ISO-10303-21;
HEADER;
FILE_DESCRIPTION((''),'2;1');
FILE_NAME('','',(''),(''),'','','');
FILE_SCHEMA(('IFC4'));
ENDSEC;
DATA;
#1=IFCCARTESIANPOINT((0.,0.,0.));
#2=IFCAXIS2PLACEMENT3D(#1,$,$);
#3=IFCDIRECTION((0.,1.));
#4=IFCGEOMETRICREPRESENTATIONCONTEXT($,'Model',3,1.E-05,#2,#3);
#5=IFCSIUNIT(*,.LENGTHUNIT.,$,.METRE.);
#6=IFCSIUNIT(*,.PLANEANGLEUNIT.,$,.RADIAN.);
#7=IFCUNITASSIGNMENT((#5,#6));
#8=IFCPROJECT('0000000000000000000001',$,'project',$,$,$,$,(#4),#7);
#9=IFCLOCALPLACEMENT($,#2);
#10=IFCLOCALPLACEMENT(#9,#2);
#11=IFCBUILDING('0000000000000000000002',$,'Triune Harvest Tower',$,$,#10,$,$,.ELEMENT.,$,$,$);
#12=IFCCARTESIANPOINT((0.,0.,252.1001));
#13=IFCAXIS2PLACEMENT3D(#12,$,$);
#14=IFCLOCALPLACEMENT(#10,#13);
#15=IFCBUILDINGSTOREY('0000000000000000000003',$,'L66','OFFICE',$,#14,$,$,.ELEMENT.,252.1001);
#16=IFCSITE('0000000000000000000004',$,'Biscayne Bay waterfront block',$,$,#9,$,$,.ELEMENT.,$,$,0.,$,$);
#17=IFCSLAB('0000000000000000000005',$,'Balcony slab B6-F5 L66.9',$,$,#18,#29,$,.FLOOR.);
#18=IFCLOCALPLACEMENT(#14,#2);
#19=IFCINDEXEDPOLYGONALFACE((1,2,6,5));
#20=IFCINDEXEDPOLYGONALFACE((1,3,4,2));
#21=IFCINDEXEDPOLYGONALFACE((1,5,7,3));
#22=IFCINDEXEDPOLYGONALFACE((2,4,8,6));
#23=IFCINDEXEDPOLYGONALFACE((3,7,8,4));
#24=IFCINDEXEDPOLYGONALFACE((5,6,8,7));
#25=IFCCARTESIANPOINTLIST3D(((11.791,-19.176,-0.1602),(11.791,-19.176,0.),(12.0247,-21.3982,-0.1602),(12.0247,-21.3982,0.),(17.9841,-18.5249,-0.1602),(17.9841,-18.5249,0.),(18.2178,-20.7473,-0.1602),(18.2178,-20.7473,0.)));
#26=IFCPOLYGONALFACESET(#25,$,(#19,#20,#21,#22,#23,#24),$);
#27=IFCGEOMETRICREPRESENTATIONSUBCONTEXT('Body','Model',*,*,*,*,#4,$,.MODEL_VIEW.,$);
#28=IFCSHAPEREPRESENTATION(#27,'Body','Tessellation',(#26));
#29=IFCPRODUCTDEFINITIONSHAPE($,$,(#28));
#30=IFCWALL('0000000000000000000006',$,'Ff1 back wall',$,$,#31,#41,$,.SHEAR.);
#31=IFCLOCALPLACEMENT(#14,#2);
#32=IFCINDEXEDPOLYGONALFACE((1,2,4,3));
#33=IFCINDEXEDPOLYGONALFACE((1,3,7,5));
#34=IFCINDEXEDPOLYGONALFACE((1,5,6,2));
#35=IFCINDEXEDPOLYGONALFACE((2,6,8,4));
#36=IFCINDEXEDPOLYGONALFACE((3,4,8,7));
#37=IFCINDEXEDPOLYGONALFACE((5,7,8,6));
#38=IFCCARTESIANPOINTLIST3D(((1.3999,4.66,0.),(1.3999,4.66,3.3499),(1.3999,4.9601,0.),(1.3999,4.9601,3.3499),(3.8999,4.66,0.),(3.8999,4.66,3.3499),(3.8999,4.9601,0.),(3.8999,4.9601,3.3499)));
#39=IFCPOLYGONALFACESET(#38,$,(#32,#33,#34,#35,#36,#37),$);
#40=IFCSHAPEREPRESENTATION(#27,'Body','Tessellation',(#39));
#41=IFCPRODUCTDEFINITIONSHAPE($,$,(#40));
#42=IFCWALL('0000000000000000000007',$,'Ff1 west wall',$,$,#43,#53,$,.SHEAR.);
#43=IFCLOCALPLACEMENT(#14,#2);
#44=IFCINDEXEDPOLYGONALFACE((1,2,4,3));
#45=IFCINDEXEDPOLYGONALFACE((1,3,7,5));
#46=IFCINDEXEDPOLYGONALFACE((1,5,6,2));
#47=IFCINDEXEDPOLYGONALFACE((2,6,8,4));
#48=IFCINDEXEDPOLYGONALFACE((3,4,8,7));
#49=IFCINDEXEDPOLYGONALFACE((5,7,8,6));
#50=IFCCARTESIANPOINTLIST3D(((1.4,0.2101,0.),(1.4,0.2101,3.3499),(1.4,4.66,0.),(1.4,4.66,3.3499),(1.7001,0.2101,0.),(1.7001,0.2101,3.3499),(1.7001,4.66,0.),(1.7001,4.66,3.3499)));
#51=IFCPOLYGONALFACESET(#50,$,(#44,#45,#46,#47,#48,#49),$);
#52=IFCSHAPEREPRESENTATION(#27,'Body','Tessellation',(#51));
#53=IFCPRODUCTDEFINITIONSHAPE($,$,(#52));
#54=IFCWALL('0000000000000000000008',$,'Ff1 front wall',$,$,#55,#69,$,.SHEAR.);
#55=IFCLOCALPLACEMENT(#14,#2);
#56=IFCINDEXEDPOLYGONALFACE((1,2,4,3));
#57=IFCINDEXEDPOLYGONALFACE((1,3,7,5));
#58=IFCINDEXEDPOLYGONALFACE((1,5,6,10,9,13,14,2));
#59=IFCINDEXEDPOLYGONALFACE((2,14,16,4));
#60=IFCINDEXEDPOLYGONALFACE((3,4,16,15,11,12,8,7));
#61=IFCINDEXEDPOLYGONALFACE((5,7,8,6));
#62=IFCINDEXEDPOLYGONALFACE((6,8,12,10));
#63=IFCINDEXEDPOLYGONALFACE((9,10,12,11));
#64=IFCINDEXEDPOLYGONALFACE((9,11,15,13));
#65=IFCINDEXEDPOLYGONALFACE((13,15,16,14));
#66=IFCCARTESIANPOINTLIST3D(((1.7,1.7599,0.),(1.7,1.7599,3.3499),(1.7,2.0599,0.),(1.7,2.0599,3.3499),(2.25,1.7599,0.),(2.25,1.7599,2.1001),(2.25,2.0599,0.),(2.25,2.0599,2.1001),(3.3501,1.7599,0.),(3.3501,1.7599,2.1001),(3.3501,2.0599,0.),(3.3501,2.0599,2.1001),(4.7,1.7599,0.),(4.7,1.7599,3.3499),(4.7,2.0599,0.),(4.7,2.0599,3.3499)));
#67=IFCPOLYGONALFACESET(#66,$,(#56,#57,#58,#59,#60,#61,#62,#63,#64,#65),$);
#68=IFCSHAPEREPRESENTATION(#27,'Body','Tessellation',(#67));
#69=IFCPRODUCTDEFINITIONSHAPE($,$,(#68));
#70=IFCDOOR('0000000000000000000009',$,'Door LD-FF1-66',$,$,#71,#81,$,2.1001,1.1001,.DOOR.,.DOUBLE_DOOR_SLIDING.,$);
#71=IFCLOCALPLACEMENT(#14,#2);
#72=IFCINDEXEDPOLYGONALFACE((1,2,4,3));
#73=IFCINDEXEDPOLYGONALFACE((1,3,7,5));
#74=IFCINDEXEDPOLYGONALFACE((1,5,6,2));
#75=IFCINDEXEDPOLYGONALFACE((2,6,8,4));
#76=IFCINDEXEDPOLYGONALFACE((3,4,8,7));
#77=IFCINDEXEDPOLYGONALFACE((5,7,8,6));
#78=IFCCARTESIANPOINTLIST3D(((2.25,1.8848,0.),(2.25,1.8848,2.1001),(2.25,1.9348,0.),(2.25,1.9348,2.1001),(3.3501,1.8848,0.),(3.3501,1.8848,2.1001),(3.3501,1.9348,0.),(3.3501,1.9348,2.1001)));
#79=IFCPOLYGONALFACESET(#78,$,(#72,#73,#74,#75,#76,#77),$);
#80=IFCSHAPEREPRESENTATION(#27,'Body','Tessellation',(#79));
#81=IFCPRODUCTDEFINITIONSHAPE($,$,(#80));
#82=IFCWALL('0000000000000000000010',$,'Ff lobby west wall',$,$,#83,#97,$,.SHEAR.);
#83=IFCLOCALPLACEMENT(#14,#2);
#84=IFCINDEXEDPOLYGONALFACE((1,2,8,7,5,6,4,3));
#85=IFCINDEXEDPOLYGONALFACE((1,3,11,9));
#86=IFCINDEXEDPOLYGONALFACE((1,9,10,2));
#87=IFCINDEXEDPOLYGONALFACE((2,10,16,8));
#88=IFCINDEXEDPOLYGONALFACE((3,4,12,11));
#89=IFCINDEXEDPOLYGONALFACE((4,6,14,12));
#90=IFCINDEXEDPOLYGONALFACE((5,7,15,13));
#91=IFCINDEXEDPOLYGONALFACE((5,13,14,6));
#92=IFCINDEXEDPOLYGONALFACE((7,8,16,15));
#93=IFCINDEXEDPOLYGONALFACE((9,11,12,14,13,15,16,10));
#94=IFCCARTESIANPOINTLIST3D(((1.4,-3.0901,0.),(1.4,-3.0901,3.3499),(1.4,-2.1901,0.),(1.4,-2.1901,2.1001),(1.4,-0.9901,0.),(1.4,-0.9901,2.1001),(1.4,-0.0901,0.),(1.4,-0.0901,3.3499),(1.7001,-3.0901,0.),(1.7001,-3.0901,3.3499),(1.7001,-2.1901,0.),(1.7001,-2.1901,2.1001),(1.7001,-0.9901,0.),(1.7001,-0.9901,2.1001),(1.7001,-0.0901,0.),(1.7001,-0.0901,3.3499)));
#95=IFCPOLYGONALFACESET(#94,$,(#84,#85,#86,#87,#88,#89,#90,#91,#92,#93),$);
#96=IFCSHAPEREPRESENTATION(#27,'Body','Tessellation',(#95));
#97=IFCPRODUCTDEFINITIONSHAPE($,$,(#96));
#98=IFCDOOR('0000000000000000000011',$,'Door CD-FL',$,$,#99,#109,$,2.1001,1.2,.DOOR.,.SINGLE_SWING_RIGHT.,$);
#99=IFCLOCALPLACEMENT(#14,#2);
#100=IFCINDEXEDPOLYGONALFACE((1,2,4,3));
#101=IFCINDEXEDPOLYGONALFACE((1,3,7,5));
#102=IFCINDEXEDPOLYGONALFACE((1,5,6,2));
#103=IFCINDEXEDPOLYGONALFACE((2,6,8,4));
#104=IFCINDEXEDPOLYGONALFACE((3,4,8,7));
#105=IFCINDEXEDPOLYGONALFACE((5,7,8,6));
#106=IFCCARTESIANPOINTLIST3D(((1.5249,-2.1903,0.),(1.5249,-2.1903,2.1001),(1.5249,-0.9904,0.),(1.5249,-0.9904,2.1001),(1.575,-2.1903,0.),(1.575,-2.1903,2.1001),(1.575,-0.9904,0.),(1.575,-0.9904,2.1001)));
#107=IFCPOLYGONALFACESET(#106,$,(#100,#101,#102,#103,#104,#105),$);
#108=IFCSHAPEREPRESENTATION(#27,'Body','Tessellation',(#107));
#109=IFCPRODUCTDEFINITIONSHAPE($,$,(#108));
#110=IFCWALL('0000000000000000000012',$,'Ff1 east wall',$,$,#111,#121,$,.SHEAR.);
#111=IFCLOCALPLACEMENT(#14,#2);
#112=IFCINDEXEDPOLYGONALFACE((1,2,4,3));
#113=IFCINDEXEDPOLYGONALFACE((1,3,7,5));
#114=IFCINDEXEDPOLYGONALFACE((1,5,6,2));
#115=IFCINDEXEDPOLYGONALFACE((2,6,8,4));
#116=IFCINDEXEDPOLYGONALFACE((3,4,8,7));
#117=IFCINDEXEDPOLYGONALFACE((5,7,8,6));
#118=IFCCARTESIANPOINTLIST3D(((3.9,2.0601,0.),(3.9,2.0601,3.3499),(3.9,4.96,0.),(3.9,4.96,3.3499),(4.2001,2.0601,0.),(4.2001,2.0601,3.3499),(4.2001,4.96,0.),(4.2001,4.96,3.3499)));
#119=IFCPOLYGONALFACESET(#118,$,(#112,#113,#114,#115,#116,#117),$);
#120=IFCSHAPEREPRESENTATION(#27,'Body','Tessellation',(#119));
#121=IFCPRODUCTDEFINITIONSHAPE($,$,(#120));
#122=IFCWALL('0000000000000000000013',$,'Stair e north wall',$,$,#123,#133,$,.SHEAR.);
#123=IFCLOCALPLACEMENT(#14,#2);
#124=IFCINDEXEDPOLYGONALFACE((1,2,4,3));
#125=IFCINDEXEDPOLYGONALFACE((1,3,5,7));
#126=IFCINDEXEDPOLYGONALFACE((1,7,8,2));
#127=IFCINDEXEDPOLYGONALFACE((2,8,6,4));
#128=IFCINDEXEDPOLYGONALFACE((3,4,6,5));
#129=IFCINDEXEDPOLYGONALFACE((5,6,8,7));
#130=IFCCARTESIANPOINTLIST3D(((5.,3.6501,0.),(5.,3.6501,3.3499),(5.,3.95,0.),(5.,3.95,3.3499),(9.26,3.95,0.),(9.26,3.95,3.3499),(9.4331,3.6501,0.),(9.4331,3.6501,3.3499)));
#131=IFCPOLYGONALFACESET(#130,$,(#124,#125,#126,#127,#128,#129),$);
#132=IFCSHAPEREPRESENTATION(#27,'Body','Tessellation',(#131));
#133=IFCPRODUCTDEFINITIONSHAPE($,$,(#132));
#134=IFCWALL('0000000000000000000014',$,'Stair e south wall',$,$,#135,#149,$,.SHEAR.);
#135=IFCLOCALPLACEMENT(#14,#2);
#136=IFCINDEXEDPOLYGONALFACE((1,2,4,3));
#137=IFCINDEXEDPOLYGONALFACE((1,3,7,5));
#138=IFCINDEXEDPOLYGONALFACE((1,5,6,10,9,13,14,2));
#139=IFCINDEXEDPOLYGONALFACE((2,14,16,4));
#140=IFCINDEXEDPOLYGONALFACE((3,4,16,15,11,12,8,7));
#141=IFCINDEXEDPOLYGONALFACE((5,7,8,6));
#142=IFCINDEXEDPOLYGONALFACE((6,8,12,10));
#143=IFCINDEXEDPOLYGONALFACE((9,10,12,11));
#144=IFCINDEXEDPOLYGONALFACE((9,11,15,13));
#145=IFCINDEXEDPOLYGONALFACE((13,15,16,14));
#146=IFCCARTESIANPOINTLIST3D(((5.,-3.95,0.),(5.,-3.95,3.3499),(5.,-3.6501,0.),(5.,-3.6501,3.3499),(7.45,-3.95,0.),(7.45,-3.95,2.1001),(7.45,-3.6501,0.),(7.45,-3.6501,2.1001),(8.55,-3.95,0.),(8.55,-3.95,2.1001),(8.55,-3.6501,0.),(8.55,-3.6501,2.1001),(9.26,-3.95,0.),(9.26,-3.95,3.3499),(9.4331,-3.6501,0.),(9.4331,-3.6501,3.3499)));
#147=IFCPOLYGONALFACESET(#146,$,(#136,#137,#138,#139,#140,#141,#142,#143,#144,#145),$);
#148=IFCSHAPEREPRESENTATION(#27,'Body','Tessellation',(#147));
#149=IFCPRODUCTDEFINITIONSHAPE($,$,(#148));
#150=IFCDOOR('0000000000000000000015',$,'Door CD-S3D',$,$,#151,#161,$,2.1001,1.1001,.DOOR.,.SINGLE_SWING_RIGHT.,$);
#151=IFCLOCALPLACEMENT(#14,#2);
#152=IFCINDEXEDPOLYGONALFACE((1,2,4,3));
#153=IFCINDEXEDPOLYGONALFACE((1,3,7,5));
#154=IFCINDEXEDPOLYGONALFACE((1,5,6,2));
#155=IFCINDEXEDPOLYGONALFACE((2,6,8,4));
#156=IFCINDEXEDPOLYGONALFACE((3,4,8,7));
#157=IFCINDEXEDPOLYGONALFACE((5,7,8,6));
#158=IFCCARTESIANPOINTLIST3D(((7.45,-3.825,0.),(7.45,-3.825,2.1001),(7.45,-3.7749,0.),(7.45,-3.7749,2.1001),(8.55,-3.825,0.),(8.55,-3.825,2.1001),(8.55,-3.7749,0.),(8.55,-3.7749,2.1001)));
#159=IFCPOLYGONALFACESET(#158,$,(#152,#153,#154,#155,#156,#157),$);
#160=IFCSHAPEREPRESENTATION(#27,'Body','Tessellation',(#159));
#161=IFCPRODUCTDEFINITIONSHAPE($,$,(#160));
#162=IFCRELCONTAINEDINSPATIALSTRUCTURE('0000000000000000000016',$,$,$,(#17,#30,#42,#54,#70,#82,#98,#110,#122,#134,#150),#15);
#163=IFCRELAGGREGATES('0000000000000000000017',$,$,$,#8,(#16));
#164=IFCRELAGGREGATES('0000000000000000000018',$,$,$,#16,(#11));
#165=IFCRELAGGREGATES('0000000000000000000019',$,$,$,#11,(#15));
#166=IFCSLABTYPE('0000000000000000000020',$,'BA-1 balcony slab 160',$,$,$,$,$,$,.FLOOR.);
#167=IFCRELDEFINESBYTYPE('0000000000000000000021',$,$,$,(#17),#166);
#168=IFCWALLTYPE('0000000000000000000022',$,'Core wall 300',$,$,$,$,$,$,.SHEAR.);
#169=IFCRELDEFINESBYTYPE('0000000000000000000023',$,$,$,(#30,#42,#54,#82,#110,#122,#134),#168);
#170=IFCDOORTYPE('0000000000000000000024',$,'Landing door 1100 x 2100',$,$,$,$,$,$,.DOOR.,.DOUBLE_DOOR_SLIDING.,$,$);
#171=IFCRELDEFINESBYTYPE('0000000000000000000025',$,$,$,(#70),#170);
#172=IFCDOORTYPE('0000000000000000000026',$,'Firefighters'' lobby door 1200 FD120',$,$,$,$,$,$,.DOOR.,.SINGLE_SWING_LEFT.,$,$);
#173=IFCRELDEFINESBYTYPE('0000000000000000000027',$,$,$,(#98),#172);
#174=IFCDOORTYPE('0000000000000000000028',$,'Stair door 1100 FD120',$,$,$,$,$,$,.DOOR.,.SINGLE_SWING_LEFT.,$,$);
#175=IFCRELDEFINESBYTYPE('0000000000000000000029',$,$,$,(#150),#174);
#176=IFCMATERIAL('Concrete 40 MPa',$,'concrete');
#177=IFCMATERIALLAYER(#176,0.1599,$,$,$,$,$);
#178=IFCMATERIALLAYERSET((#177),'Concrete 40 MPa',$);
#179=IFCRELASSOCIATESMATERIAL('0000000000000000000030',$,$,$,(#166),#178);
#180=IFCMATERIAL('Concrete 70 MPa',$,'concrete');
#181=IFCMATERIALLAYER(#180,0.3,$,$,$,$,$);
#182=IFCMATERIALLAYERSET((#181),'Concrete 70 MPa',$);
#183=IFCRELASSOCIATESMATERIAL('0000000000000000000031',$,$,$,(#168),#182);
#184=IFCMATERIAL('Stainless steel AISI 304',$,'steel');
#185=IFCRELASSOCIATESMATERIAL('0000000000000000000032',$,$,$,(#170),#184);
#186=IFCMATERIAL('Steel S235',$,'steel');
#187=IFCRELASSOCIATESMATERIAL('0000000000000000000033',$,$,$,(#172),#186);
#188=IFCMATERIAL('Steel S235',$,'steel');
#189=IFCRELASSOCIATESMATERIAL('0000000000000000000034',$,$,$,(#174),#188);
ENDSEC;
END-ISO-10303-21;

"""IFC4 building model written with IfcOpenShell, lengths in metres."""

from ifc_helpers import new_model, si_unit, direction, frame, frame_2d, origin, place, context, subcontext, project, spatial, polyline, rectangle, outline, extrude, source, transform, mapped, material, layer, layer_set, type_object, element, fill, save


model = new_model("IFC4")

# Units and contexts
model_context = context("Model", 3, precision=1e-05, world=origin(), true_north=direction((0.0, 1.0)))
body_context = subcontext(model_context, "Body", "Model", "MODEL_VIEW")
ifc_project = project(units=[si_unit("LENGTHUNIT", "METRE"), si_unit("PLANEANGLEUNIT", "RADIAN")], contexts=[model_context])

# Site, building, storey
site_placement = place(None, origin())
site = spatial("IfcSite", under=ifc_project, at=site_placement, Name="Biscayne Bay waterfront block", CompositionType="ELEMENT", RefElevation=0.0)
building_placement = place(site_placement, origin())
building = spatial("IfcBuilding", under=site, at=building_placement, Name="Triune Harvest Tower", CompositionType="ELEMENT")
storey_placement = place(building_placement, frame((0.0, 0.0, 252.1001)))
storey = spatial("IfcBuildingStorey", under=building, at=storey_placement, Name="L66", Description="OFFICE", CompositionType="ELEMENT", Elevation=252.1001)

# Slab
ifc_material_1 = material(Name="Concrete 40 MPa", Category="concrete")
ifc_layer_1 = layer(ifc_material_1, 0.1599)
ifc_layer_set_1 = layer_set([ifc_layer_1], Name="Concrete 40 MPa")
slab_type = type_object("IfcSlabType", Name="BA-1 balcony slab 160", PredefinedType="FLOOR", material=ifc_layer_set_1)
slab_placement = place(storey_placement, frame((0.0, 0.0, -0.1602)))
element("IfcSlab", 1, at=slab_placement, inside=storey, type_object=slab_type, Name="Balcony slab B6-F5 L66.9", PredefinedType="FLOOR", context=body_context, shape_type="SweptSolid", body=[
    extrude(outline(polyline([(11.791, -19.176), (17.9841, -18.5249), (18.2178, -20.7473), (12.0247, -21.3982), (11.791, -19.176)])), origin(), (0.0, 0.0, 1.0), 0.1602),
])

# Walls
ifc_material_2 = material(Name="Concrete 70 MPa", Category="concrete")
ifc_layer_2 = layer(ifc_material_2, 0.3)
ifc_layer_set_2 = layer_set([ifc_layer_2], Name="Concrete 70 MPa")
wall_type_1 = type_object("IfcWallType", Name="Core wall 300", PredefinedType="SHEAR", material=ifc_layer_set_2)
shared_shape_1 = source(origin(), body_context, "Body", "SweptSolid", [
    extrude(rectangle(XDim=2.5, YDim=0.3, at=frame_2d((1.25, 0.0))), origin(), (0.0, 0.0, 1.0), 3.3499),
])
wall_1_placement = place(storey_placement, frame((1.3999, 4.8101, 0.0), z_axis=(0.0, 0.0, 1.0), x_axis=(1.0, 0.0, 0.0)))
element("IfcWall", 2, at=wall_1_placement, inside=storey, type_object=wall_type_1, Name="Ff1 back wall", PredefinedType="SHEAR", context=body_context, shape_type="MappedRepresentation", body=[
    mapped(shared_shape_1, transform((0.0, 0.0, 0.0), scale=1.0)),
])
shared_shape_2 = source(origin(), body_context, "Body", "SweptSolid", [
    extrude(rectangle(XDim=4.45, YDim=0.3, at=frame_2d((2.2251, 0.0))), origin(), (0.0, 0.0, 1.0), 3.3499),
])
wall_2_placement = place(storey_placement, frame((1.55, 0.21, 0.0), z_axis=(0.0, 0.0, 1.0), x_axis=(0.0, 1.0, 0.0)))
element("IfcWall", 3, at=wall_2_placement, inside=storey, type_object=wall_type_1, Name="Ff1 west wall", PredefinedType="SHEAR", context=body_context, shape_type="MappedRepresentation", body=[
    mapped(shared_shape_2, transform((0.0, 0.0, 0.0), scale=1.0)),
])

# Walls, openings, doors
shared_shape_3 = source(origin(), body_context, "Body", "SweptSolid", [
    extrude(rectangle(XDim=3.0, YDim=0.3, at=frame_2d((1.5, 0.0))), origin(), (0.0, 0.0, 1.0), 3.3499),
])
wall_3_placement = place(storey_placement, frame((1.7, 1.9099, 0.0), z_axis=(0.0, 0.0, 1.0), x_axis=(1.0, 0.0, 0.0)))
wall_3 = element("IfcWall", 4, at=wall_3_placement, inside=storey, type_object=wall_type_1, Name="Ff1 front wall", PredefinedType="SHEAR", context=body_context, shape_type="MappedRepresentation", body=[
    mapped(shared_shape_3, transform((0.0, 0.0, 0.0), scale=1.0)),
])
opening_1_placement = place(wall_3_placement, frame((0.55, 0.0, 0.0)))
opening_1 = element("IfcOpeningElement", 5, at=opening_1_placement, cuts=wall_3, PredefinedType="OPENING", context=body_context, shape_type="SweptSolid", body=[
    extrude(rectangle(XDim=1.1001, YDim=2.1001, at=frame_2d((0.55, 1.05))), frame((0.0, 0.1602, 0.0), z_axis=(0.0, -1.0, 0.0), x_axis=(1.0, 0.0, 0.0)), (0.0, 0.0, 1.0), 0.3201),
])
ifc_material_3 = material(Name="Stainless steel AISI 304", Category="steel")
door_type_1 = type_object("IfcDoorType", Name="Landing door 1100 x 2100", OperationType="DOUBLE_DOOR_SLIDING", PredefinedType="DOOR", material=ifc_material_3)
door_1_placement = place(opening_1_placement, origin())
door_1 = element("IfcDoor", 6, at=door_1_placement, inside=storey, type_object=door_type_1, Name="Door LD-FF1-66", OperationType="DOUBLE_DOOR_SLIDING", OverallHeight=2.1001, OverallWidth=1.1001, PredefinedType="DOOR", context=body_context, shape_type="SweptSolid", body=[
    extrude(rectangle(XDim=1.1001, YDim=2.1001, at=frame_2d((0.55, 1.05))), frame((0.0, 0.0249, 0.0), z_axis=(0.0, -1.0, 0.0), x_axis=(1.0, 0.0, 0.0)), (0.0, 0.0, 1.0), 0.05),
])
fill(opening_1, door_1)
wall_4_placement = place(storey_placement, frame((1.55, -3.0901, 0.0), z_axis=(0.0, 0.0, 1.0), x_axis=(0.0, 1.0, 0.0)))
wall_4 = element("IfcWall", 7, at=wall_4_placement, inside=storey, type_object=wall_type_1, Name="Ff lobby west wall", PredefinedType="SHEAR", context=body_context, shape_type="MappedRepresentation", body=[
    mapped(shared_shape_3, transform((0.0, 0.0, 0.0), scale=1.0)),
])
opening_2_placement = place(wall_4_placement, frame((0.8999, 0.0, 0.0)))
opening_2 = element("IfcOpeningElement", 8, at=opening_2_placement, cuts=wall_4, PredefinedType="OPENING", context=body_context, shape_type="SweptSolid", body=[
    extrude(rectangle(XDim=1.2, YDim=2.1001, at=frame_2d((0.6001, 1.05))), frame((0.0, 0.1602, 0.0), z_axis=(0.0, -1.0, 0.0), x_axis=(1.0, 0.0, 0.0)), (0.0, 0.0, 1.0), 0.3201),
])
ifc_material_4 = material(Name="Steel S235", Category="steel")
door_type_2 = type_object("IfcDoorType", Name="Firefighters' lobby door 1200 FD120", OperationType="SINGLE_SWING_LEFT", PredefinedType="DOOR", material=ifc_material_4)
door_2_placement = place(opening_2_placement, frame((1.2, 0.0, 0.0), z_axis=(0.0, 0.0, 1.0), x_axis=(-1.0, 0.0, 0.0)))
door_2 = element("IfcDoor", 9, at=door_2_placement, inside=storey, type_object=door_type_2, Name="Door CD-FL", OperationType="SINGLE_SWING_RIGHT", OverallHeight=2.1001, OverallWidth=1.2, PredefinedType="DOOR", context=body_context, shape_type="SweptSolid", body=[
    extrude(rectangle(XDim=1.2, YDim=2.1001, at=frame_2d((0.6001, 1.05))), frame((0.0, 0.0249, 0.0), z_axis=(0.0, -1.0, 0.0), x_axis=(1.0, 0.0, 0.0)), (0.0, 0.0, 1.0), 0.05),
])
fill(opening_2, door_2)

# Walls
shared_shape_4 = source(origin(), body_context, "Body", "SweptSolid", [
    extrude(rectangle(XDim=2.8999, YDim=0.3, at=frame_2d((1.45, 0.0))), origin(), (0.0, 0.0, 1.0), 3.3499),
])
wall_5_placement = place(storey_placement, frame((4.05, 2.0601, 0.0), z_axis=(0.0, 0.0, 1.0), x_axis=(0.0, 1.0, 0.0)))
element("IfcWall", 10, at=wall_5_placement, inside=storey, type_object=wall_type_1, Name="Ff1 east wall", PredefinedType="SHEAR", context=body_context, shape_type="MappedRepresentation", body=[
    mapped(shared_shape_4, transform((0.0, 0.0, 0.0), scale=1.0)),
])
shared_shape_5 = source(origin(), body_context, "Body", "SweptSolid", [
    extrude(outline(polyline([(0.0, -0.1499), (0.0, 0.1499), (4.26, 0.1499), (4.4331, -0.1499), (0.0, -0.1499)])), origin(), (0.0, 0.0, 1.0), 3.3499),
])
wall_6_placement = place(storey_placement, frame((5.0, 3.8, 0.0), z_axis=(0.0, 0.0, 1.0), x_axis=(1.0, 0.0, 0.0)))
element("IfcWall", 11, at=wall_6_placement, inside=storey, type_object=wall_type_1, Name="Stair e north wall", PredefinedType="SHEAR", context=body_context, shape_type="MappedRepresentation", body=[
    mapped(shared_shape_5, transform((0.0, 0.0, 0.0), scale=1.0)),
])

# Wall, opening, door
shared_shape_6 = source(origin(), body_context, "Body", "SweptSolid", [
    extrude(outline(polyline([(0.0, -0.1499), (0.0, 0.1499), (4.4331, 0.1499), (4.26, -0.1499), (0.0, -0.1499)])), origin(), (0.0, 0.0, 1.0), 3.3499),
])
wall_7_placement = place(storey_placement, frame((5.0, -3.8, 0.0), z_axis=(0.0, 0.0, 1.0), x_axis=(1.0, 0.0, 0.0)))
wall_7 = element("IfcWall", 12, at=wall_7_placement, inside=storey, type_object=wall_type_1, Name="Stair e south wall", PredefinedType="SHEAR", context=body_context, shape_type="MappedRepresentation", body=[
    mapped(shared_shape_6, transform((0.0, 0.0, 0.0), scale=1.0)),
])
opening_3_placement = place(wall_7_placement, frame((2.45, 0.0, 0.0)))
opening_3 = element("IfcOpeningElement", 13, at=opening_3_placement, cuts=wall_7, PredefinedType="OPENING", context=body_context, shape_type="SweptSolid", body=[
    extrude(rectangle(XDim=1.1001, YDim=2.1001, at=frame_2d((0.55, 1.05))), frame((0.0, 0.1602, 0.0), z_axis=(0.0, -1.0, 0.0), x_axis=(1.0, 0.0, 0.0)), (0.0, 0.0, 1.0), 0.3201),
])
ifc_material_5 = material(Name="Steel S235", Category="steel")
door_type_3 = type_object("IfcDoorType", Name="Stair door 1100 FD120", OperationType="SINGLE_SWING_LEFT", PredefinedType="DOOR", material=ifc_material_5)
door_3_placement = place(opening_3_placement, frame((1.1001, 0.0, 0.0), z_axis=(0.0, 0.0, 1.0), x_axis=(-1.0, 0.0, 0.0)))
door_3 = element("IfcDoor", 14, at=door_3_placement, inside=storey, type_object=door_type_3, Name="Door CD-S3D", OperationType="SINGLE_SWING_RIGHT", OverallHeight=2.1001, OverallWidth=1.1001, PredefinedType="DOOR", context=body_context, shape_type="SweptSolid", body=[
    extrude(rectangle(XDim=1.1001, YDim=2.1001, at=frame_2d((0.55, 1.05))), frame((0.0, 0.0249, 0.0), z_axis=(0.0, -1.0, 0.0), x_axis=(1.0, 0.0, 0.0)), (0.0, 0.0, 1.0), 0.05),
])
fill(opening_3, door_3)

save(model, "model.ifc")
